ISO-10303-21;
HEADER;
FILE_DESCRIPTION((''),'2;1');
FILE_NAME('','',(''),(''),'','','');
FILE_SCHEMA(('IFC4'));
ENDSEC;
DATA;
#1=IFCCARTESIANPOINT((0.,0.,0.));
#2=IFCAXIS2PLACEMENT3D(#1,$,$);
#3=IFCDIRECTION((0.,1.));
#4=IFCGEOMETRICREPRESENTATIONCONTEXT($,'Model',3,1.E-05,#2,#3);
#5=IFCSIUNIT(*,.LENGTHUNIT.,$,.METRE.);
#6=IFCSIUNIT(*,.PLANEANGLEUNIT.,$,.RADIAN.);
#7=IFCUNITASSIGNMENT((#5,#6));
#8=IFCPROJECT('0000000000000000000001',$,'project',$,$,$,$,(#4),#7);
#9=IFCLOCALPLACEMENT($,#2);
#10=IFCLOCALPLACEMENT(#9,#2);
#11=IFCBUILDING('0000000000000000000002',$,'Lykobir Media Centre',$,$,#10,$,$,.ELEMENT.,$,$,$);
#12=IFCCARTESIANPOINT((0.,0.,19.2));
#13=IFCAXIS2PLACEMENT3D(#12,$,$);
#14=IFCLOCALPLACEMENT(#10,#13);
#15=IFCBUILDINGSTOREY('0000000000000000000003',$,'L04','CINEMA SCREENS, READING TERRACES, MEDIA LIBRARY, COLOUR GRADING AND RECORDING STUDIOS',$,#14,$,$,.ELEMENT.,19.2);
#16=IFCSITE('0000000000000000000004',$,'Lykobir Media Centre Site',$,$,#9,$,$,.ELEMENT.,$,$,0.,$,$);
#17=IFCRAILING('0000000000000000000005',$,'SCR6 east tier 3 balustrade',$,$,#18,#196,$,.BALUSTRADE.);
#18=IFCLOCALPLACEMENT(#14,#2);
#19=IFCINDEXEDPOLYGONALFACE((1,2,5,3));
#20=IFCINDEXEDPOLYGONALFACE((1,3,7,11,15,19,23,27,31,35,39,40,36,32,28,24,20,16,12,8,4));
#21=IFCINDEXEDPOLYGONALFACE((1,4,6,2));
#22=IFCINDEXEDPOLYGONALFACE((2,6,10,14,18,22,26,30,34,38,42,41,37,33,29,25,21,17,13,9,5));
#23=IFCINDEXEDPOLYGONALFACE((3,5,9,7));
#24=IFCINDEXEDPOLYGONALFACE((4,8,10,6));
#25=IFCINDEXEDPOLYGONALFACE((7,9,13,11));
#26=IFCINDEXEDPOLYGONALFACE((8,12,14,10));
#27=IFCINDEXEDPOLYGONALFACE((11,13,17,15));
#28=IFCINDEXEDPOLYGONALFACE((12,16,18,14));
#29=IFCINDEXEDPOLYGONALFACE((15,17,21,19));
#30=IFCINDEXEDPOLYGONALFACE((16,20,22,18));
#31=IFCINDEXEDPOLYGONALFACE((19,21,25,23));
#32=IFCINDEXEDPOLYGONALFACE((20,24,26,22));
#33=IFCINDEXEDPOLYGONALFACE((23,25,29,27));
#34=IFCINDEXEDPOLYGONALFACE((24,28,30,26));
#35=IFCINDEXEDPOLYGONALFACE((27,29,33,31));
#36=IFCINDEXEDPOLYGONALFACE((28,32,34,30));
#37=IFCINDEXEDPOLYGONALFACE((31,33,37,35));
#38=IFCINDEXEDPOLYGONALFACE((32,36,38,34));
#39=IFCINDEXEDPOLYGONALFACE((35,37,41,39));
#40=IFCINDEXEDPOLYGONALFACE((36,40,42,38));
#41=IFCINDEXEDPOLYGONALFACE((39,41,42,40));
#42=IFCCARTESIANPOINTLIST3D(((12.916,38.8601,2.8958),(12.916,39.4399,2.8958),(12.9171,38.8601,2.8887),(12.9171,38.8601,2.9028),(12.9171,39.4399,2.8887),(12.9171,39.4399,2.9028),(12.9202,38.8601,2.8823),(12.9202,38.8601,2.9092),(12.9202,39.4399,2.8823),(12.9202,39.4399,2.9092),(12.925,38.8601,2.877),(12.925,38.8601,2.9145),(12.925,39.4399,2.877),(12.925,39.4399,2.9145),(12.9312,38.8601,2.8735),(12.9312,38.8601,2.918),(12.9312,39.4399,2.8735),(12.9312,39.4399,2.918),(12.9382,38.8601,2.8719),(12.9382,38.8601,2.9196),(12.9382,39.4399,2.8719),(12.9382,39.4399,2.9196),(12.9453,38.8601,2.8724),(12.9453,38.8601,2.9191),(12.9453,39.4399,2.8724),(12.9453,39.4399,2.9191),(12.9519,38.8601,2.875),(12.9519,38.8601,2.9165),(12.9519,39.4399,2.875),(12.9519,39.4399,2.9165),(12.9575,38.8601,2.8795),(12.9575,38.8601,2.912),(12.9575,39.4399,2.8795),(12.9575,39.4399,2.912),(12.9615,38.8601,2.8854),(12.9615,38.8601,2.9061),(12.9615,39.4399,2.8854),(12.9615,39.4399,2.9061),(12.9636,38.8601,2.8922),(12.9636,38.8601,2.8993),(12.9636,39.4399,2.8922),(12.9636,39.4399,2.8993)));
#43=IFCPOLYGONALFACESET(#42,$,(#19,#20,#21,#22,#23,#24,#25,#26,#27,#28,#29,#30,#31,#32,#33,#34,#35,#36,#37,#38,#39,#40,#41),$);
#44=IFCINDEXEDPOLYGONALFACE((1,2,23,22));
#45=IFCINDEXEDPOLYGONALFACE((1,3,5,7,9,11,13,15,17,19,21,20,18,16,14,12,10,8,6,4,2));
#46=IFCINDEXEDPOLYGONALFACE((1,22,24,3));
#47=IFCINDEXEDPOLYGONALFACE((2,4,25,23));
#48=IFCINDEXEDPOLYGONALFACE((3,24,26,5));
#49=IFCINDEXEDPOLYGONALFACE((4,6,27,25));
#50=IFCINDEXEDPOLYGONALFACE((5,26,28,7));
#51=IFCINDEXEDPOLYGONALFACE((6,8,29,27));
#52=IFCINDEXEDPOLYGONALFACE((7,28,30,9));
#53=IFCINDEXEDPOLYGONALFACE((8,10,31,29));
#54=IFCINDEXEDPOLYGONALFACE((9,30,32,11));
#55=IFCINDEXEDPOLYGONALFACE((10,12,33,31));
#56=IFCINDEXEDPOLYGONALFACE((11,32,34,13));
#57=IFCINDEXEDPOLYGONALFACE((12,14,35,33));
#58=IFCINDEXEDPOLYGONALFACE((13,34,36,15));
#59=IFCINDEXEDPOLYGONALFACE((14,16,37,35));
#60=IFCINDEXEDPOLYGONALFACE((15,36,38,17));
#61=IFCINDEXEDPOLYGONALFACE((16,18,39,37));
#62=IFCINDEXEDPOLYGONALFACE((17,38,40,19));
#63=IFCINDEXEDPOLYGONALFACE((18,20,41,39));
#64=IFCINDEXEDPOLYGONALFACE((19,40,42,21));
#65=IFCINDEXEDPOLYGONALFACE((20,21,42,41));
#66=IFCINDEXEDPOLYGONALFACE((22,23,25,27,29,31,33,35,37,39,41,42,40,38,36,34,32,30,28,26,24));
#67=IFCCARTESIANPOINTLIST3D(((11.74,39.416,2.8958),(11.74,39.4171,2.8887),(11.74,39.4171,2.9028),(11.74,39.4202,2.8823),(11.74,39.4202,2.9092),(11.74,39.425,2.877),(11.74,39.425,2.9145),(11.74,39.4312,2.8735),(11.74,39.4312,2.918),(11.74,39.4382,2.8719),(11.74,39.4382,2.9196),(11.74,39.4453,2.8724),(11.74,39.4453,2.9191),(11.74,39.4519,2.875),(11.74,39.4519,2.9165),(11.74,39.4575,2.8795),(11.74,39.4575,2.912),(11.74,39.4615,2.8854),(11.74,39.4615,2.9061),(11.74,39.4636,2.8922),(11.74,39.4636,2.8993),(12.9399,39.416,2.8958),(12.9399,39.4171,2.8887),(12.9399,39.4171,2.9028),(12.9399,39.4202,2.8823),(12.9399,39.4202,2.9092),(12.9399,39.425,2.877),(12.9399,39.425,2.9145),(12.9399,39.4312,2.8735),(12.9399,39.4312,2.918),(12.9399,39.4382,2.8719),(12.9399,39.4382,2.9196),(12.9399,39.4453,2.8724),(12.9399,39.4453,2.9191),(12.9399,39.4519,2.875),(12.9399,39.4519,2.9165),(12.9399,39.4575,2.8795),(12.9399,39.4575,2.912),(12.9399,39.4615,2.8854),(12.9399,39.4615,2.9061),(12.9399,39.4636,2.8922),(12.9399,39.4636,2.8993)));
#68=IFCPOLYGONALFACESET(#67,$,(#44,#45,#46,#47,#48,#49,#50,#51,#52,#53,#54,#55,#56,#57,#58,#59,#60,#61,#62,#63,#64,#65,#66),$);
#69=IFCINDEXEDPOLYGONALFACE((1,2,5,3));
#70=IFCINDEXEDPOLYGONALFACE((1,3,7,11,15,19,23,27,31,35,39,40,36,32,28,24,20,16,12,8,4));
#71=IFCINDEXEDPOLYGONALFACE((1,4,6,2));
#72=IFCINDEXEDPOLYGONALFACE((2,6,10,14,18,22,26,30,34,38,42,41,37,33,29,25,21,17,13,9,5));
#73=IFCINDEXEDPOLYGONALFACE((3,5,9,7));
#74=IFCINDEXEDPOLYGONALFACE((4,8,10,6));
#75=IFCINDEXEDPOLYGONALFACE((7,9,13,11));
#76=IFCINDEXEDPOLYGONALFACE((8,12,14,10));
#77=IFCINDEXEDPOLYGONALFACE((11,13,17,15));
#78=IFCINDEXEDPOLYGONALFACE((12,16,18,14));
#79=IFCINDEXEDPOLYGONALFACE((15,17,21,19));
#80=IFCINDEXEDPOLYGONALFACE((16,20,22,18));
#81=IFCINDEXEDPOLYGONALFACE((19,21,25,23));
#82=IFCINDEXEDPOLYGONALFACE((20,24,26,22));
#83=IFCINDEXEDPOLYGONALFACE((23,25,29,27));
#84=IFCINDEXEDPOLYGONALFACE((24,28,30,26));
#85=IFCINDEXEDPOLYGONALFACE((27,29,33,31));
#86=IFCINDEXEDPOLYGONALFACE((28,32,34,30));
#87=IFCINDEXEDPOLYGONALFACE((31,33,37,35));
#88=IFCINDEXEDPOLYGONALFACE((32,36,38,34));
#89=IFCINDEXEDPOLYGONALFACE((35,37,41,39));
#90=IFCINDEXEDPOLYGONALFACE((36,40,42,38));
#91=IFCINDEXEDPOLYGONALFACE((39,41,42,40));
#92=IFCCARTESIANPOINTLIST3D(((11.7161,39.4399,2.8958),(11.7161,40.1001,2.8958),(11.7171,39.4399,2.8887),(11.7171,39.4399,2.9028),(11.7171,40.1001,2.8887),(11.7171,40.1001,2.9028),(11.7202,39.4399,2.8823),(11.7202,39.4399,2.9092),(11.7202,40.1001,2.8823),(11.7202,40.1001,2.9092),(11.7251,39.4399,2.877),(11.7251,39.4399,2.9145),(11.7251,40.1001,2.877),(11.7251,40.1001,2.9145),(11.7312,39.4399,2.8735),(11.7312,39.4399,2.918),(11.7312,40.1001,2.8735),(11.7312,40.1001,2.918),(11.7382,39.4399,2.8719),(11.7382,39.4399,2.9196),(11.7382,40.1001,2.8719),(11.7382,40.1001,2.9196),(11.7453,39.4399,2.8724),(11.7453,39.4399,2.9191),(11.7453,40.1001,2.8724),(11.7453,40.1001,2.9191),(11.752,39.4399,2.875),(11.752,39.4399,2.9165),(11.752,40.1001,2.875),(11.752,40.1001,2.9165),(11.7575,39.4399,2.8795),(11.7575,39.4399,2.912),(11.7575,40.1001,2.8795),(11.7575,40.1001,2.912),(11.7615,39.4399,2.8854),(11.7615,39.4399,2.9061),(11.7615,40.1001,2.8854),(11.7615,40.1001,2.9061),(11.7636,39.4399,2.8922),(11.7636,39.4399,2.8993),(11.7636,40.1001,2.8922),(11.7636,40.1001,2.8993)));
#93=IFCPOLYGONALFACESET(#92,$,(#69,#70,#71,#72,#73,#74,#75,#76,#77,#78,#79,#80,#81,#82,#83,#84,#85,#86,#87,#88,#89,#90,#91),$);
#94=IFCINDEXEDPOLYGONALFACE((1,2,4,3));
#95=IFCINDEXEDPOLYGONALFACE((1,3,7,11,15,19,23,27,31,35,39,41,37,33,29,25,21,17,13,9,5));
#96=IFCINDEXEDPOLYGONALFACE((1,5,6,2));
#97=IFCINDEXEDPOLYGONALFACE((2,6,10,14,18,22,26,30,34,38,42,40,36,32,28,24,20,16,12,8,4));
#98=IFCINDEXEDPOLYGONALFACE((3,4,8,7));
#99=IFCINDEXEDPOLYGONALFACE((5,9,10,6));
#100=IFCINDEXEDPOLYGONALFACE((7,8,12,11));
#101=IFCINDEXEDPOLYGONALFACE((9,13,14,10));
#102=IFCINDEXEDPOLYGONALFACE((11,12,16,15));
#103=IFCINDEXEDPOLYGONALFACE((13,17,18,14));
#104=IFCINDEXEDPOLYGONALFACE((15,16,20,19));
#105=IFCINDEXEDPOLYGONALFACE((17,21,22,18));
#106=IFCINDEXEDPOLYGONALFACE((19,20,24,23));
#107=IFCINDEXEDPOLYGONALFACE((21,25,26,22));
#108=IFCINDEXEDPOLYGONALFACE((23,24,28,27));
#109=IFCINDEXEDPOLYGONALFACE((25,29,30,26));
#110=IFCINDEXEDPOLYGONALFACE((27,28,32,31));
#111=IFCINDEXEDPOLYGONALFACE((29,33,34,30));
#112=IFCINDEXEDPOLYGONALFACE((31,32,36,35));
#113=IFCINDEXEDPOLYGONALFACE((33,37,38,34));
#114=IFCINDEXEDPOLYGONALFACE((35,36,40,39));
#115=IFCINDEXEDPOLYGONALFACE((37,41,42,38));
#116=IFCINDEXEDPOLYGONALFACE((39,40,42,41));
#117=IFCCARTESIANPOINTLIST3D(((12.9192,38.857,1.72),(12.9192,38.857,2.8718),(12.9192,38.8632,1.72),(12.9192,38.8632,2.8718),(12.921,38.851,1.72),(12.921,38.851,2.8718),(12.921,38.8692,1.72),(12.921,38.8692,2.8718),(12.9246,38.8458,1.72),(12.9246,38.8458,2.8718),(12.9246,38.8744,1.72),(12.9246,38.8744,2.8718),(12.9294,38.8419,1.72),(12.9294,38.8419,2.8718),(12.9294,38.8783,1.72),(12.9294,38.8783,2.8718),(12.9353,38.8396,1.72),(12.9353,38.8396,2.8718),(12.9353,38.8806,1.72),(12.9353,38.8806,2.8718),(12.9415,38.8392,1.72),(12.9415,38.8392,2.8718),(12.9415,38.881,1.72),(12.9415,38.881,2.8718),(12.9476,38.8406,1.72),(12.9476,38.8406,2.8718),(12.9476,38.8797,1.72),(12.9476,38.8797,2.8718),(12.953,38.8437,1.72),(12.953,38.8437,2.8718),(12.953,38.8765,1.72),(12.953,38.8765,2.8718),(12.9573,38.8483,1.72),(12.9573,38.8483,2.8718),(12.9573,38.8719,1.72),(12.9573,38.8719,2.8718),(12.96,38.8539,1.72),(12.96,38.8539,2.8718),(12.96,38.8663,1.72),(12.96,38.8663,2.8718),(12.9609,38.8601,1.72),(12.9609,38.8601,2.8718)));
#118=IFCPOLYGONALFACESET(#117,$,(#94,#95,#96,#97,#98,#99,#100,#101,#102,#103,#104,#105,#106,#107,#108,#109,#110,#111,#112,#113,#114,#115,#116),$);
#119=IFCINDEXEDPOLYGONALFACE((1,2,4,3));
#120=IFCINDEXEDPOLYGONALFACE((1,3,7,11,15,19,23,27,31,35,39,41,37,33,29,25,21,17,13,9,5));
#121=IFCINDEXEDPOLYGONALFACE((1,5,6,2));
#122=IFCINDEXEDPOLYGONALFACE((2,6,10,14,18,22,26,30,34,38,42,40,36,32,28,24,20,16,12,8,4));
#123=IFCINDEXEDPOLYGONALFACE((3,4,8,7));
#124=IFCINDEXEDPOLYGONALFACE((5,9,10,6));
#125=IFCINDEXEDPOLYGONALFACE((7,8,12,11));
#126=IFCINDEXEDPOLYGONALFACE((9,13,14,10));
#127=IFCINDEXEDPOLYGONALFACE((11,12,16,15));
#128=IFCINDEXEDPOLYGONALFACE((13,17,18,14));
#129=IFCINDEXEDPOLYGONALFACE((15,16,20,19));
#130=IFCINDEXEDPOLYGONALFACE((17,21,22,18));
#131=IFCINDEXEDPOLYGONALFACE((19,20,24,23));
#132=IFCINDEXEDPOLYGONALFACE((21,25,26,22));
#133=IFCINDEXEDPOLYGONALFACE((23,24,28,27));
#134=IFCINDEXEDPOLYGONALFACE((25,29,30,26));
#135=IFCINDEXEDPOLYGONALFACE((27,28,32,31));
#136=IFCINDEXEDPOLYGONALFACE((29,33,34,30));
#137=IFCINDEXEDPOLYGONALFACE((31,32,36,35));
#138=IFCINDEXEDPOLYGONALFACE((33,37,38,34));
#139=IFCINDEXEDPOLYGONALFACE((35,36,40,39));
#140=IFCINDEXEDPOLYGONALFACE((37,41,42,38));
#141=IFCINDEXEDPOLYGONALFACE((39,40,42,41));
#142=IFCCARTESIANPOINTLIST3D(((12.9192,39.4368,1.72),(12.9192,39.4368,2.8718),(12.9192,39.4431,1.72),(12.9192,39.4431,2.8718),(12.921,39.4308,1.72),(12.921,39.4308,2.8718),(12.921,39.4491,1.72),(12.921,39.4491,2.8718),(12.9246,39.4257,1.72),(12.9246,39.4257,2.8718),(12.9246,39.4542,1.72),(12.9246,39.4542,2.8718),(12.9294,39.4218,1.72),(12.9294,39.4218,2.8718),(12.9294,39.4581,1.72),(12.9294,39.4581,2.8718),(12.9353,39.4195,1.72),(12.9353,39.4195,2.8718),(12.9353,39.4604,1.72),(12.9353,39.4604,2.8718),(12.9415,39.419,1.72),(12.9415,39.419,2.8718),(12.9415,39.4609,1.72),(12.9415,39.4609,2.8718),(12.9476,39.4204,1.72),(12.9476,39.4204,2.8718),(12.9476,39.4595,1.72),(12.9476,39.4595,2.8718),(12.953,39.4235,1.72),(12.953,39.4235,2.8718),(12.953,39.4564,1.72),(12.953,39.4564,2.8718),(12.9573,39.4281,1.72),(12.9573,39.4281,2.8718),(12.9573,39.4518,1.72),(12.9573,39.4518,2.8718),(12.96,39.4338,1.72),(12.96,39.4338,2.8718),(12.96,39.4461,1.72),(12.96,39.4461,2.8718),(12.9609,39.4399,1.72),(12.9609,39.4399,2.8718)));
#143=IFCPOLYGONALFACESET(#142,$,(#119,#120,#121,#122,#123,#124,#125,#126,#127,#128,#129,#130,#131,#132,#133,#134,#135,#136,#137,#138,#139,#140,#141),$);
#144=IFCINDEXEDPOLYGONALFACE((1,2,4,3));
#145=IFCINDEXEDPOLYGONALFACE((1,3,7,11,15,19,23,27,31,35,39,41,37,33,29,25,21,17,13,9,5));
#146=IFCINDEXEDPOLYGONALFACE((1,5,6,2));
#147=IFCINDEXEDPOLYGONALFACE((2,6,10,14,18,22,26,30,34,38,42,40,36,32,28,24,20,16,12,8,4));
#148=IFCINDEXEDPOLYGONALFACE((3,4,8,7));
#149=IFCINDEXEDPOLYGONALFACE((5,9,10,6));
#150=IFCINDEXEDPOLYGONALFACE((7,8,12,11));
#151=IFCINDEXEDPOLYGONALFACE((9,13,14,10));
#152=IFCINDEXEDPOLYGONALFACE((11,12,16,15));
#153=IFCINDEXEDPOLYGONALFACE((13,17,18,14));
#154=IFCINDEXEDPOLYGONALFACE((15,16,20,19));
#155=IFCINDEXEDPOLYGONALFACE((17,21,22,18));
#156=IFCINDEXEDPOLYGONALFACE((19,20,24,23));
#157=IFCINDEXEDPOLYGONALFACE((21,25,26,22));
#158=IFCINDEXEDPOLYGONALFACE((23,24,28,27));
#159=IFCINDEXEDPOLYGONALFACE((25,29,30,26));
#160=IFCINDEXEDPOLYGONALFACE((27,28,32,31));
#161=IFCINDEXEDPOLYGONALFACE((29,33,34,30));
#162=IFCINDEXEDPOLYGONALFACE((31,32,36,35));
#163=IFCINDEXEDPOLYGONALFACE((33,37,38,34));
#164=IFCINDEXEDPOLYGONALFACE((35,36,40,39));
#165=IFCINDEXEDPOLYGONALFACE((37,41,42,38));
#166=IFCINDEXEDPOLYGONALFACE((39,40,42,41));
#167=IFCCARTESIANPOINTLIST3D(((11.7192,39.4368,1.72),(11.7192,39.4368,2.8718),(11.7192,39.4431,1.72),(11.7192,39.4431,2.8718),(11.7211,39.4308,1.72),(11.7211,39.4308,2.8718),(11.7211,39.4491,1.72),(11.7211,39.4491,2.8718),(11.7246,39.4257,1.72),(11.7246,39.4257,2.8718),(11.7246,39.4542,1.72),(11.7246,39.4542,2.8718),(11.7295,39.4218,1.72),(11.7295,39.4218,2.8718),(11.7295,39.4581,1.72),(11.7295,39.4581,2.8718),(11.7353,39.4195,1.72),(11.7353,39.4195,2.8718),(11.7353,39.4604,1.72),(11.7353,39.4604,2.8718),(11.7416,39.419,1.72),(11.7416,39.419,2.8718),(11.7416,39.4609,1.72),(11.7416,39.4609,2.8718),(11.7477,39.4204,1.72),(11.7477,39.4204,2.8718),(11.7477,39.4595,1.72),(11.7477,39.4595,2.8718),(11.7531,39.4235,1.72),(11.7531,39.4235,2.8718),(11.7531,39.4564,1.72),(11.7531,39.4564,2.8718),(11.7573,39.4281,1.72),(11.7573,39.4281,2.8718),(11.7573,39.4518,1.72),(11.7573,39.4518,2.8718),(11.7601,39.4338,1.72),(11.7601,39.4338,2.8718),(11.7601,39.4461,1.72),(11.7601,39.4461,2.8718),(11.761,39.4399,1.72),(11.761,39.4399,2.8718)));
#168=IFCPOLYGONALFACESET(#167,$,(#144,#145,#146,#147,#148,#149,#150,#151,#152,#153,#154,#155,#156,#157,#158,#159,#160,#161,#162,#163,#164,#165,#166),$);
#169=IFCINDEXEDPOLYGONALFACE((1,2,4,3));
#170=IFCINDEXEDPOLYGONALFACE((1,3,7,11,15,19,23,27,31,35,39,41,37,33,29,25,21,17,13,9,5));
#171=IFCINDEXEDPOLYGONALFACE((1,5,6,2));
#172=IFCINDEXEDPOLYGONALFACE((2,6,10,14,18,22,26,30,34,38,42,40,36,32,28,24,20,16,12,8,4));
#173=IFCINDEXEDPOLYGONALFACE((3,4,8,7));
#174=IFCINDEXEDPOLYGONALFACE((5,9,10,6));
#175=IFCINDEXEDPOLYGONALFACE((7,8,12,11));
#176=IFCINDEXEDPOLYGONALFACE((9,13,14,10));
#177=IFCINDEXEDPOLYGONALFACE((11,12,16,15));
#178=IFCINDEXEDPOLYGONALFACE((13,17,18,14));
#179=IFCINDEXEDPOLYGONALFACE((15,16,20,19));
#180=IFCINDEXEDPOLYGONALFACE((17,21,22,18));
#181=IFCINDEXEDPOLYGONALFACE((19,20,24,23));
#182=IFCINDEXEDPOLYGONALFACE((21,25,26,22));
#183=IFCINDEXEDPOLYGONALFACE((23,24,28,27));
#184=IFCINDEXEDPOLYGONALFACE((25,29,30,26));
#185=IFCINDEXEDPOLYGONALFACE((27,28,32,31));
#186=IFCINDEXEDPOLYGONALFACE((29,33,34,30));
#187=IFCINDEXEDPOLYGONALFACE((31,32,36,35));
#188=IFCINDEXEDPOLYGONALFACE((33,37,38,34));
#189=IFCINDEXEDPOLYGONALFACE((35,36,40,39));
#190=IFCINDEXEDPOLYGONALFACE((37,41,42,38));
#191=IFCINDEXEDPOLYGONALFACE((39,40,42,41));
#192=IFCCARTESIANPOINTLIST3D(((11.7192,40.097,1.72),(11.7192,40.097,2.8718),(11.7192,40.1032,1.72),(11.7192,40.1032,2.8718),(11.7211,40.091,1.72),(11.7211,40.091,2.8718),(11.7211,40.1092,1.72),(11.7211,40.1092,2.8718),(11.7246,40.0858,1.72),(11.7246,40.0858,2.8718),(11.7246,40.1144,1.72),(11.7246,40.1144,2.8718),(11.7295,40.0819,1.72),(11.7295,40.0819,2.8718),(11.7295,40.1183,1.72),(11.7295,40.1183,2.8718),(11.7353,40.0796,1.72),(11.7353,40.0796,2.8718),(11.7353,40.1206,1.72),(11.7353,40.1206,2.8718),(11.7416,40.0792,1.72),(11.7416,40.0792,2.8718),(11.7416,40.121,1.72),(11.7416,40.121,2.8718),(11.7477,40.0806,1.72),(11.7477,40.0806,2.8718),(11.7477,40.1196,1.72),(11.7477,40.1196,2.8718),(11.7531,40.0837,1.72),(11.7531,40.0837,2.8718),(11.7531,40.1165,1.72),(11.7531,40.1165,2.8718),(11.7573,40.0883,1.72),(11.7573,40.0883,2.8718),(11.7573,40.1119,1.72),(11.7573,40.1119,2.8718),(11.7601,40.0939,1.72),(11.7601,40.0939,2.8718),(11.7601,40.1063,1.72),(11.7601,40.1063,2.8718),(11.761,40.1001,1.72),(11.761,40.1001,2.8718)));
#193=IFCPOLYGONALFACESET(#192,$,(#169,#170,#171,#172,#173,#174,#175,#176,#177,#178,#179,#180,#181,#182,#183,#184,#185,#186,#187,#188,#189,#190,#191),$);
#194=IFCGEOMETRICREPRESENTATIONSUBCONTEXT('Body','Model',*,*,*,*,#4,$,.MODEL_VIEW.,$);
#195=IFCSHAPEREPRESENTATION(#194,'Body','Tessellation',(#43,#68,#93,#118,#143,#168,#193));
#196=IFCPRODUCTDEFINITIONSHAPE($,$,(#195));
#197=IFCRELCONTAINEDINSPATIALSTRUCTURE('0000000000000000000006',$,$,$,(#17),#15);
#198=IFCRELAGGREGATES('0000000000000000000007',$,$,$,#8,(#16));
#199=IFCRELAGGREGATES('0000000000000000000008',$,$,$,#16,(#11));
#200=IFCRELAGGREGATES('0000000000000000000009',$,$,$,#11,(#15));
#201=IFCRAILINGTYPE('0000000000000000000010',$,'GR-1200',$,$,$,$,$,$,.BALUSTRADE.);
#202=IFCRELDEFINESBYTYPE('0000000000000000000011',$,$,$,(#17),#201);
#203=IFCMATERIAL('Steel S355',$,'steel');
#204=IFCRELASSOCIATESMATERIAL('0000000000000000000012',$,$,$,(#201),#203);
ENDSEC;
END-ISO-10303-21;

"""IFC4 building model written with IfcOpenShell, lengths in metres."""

from ifc_helpers import new_model, si_unit, direction, frame, origin, origin_2d, place, context, subcontext, project, spatial, circle, extrude, material, type_object, element, save


model = new_model("IFC4")

# Units and contexts
model_context = context("Model", 3, precision=1e-05, world=origin(), true_north=direction((0.0, 1.0)))
body_context = subcontext(model_context, "Body", "Model", "MODEL_VIEW")
ifc_project = project(units=[si_unit("LENGTHUNIT", "METRE"), si_unit("PLANEANGLEUNIT", "RADIAN")], contexts=[model_context])

# Site, building, storey
site_placement = place(None, origin())
site = spatial("IfcSite", under=ifc_project, at=site_placement, Name="Lykobir Media Centre Site", CompositionType="ELEMENT", RefElevation=0.0)
building_placement = place(site_placement, origin())
building = spatial("IfcBuilding", under=site, at=building_placement, Name="Lykobir Media Centre", CompositionType="ELEMENT")
storey_placement = place(building_placement, frame((0.0, 0.0, 19.2)))
storey = spatial("IfcBuildingStorey", under=building, at=storey_placement, Name="L04", Description="CINEMA SCREENS, READING TERRACES, MEDIA LIBRARY, COLOUR GRADING AND RECORDING STUDIOS", CompositionType="ELEMENT", Elevation=19.2)

# Shared definitions
ifc_material_1 = material(Name="Steel S355", Category="steel")

# Railing
railing_type = type_object("IfcRailingType", Name="GR-1200", PredefinedType="BALUSTRADE", material=ifc_material_1)
railing_1_placement = place(storey_placement, frame((12.9399, 38.8601, 1.72)))
element("IfcRailing", 1, at=railing_1_placement, inside=storey, type_object=railing_type, Name="SCR6 east tier 3 balustrade", PredefinedType="BALUSTRADE", context=body_context, shape_type="SweptSolid", body=[
    extrude(circle(Radius=0.0239, at=origin_2d()), frame((0.0, 0.0, 1.1758), z_axis=(0.0, 1.0, 0.0), x_axis=(-1.0, 0.0, 0.0)), (0.0, 0.0, 1.0), 0.5798),
    extrude(circle(Radius=0.0239, at=origin_2d()), frame((0.0, 0.5798, 1.1758), z_axis=(-1.0, 0.0, 0.0), x_axis=(0.0, -1.0, 0.0)), (0.0, 0.0, 1.0), 1.2),
    extrude(circle(Radius=0.0239, at=origin_2d()), frame((-1.2, 0.5798, 1.1758), z_axis=(0.0, 1.0, 0.0), x_axis=(-1.0, 0.0, 0.0)), (0.0, 0.0, 1.0), 0.6602),
    extrude(circle(Radius=0.021, at=origin_2d()), origin(), (0.0, 0.0, 1.0), 1.1519),
    extrude(circle(Radius=0.021, at=origin_2d()), frame((0.0, 0.5798, 0.0)), (0.0, 0.0, 1.0), 1.1519),
    extrude(circle(Radius=0.021, at=origin_2d()), frame((-1.2, 0.5798, 0.0)), (0.0, 0.0, 1.0), 1.1519),
    extrude(circle(Radius=0.021, at=origin_2d()), frame((-1.2, 1.24, 0.0)), (0.0, 0.0, 1.0), 1.1519),
])

save(model, "model.ifc")
